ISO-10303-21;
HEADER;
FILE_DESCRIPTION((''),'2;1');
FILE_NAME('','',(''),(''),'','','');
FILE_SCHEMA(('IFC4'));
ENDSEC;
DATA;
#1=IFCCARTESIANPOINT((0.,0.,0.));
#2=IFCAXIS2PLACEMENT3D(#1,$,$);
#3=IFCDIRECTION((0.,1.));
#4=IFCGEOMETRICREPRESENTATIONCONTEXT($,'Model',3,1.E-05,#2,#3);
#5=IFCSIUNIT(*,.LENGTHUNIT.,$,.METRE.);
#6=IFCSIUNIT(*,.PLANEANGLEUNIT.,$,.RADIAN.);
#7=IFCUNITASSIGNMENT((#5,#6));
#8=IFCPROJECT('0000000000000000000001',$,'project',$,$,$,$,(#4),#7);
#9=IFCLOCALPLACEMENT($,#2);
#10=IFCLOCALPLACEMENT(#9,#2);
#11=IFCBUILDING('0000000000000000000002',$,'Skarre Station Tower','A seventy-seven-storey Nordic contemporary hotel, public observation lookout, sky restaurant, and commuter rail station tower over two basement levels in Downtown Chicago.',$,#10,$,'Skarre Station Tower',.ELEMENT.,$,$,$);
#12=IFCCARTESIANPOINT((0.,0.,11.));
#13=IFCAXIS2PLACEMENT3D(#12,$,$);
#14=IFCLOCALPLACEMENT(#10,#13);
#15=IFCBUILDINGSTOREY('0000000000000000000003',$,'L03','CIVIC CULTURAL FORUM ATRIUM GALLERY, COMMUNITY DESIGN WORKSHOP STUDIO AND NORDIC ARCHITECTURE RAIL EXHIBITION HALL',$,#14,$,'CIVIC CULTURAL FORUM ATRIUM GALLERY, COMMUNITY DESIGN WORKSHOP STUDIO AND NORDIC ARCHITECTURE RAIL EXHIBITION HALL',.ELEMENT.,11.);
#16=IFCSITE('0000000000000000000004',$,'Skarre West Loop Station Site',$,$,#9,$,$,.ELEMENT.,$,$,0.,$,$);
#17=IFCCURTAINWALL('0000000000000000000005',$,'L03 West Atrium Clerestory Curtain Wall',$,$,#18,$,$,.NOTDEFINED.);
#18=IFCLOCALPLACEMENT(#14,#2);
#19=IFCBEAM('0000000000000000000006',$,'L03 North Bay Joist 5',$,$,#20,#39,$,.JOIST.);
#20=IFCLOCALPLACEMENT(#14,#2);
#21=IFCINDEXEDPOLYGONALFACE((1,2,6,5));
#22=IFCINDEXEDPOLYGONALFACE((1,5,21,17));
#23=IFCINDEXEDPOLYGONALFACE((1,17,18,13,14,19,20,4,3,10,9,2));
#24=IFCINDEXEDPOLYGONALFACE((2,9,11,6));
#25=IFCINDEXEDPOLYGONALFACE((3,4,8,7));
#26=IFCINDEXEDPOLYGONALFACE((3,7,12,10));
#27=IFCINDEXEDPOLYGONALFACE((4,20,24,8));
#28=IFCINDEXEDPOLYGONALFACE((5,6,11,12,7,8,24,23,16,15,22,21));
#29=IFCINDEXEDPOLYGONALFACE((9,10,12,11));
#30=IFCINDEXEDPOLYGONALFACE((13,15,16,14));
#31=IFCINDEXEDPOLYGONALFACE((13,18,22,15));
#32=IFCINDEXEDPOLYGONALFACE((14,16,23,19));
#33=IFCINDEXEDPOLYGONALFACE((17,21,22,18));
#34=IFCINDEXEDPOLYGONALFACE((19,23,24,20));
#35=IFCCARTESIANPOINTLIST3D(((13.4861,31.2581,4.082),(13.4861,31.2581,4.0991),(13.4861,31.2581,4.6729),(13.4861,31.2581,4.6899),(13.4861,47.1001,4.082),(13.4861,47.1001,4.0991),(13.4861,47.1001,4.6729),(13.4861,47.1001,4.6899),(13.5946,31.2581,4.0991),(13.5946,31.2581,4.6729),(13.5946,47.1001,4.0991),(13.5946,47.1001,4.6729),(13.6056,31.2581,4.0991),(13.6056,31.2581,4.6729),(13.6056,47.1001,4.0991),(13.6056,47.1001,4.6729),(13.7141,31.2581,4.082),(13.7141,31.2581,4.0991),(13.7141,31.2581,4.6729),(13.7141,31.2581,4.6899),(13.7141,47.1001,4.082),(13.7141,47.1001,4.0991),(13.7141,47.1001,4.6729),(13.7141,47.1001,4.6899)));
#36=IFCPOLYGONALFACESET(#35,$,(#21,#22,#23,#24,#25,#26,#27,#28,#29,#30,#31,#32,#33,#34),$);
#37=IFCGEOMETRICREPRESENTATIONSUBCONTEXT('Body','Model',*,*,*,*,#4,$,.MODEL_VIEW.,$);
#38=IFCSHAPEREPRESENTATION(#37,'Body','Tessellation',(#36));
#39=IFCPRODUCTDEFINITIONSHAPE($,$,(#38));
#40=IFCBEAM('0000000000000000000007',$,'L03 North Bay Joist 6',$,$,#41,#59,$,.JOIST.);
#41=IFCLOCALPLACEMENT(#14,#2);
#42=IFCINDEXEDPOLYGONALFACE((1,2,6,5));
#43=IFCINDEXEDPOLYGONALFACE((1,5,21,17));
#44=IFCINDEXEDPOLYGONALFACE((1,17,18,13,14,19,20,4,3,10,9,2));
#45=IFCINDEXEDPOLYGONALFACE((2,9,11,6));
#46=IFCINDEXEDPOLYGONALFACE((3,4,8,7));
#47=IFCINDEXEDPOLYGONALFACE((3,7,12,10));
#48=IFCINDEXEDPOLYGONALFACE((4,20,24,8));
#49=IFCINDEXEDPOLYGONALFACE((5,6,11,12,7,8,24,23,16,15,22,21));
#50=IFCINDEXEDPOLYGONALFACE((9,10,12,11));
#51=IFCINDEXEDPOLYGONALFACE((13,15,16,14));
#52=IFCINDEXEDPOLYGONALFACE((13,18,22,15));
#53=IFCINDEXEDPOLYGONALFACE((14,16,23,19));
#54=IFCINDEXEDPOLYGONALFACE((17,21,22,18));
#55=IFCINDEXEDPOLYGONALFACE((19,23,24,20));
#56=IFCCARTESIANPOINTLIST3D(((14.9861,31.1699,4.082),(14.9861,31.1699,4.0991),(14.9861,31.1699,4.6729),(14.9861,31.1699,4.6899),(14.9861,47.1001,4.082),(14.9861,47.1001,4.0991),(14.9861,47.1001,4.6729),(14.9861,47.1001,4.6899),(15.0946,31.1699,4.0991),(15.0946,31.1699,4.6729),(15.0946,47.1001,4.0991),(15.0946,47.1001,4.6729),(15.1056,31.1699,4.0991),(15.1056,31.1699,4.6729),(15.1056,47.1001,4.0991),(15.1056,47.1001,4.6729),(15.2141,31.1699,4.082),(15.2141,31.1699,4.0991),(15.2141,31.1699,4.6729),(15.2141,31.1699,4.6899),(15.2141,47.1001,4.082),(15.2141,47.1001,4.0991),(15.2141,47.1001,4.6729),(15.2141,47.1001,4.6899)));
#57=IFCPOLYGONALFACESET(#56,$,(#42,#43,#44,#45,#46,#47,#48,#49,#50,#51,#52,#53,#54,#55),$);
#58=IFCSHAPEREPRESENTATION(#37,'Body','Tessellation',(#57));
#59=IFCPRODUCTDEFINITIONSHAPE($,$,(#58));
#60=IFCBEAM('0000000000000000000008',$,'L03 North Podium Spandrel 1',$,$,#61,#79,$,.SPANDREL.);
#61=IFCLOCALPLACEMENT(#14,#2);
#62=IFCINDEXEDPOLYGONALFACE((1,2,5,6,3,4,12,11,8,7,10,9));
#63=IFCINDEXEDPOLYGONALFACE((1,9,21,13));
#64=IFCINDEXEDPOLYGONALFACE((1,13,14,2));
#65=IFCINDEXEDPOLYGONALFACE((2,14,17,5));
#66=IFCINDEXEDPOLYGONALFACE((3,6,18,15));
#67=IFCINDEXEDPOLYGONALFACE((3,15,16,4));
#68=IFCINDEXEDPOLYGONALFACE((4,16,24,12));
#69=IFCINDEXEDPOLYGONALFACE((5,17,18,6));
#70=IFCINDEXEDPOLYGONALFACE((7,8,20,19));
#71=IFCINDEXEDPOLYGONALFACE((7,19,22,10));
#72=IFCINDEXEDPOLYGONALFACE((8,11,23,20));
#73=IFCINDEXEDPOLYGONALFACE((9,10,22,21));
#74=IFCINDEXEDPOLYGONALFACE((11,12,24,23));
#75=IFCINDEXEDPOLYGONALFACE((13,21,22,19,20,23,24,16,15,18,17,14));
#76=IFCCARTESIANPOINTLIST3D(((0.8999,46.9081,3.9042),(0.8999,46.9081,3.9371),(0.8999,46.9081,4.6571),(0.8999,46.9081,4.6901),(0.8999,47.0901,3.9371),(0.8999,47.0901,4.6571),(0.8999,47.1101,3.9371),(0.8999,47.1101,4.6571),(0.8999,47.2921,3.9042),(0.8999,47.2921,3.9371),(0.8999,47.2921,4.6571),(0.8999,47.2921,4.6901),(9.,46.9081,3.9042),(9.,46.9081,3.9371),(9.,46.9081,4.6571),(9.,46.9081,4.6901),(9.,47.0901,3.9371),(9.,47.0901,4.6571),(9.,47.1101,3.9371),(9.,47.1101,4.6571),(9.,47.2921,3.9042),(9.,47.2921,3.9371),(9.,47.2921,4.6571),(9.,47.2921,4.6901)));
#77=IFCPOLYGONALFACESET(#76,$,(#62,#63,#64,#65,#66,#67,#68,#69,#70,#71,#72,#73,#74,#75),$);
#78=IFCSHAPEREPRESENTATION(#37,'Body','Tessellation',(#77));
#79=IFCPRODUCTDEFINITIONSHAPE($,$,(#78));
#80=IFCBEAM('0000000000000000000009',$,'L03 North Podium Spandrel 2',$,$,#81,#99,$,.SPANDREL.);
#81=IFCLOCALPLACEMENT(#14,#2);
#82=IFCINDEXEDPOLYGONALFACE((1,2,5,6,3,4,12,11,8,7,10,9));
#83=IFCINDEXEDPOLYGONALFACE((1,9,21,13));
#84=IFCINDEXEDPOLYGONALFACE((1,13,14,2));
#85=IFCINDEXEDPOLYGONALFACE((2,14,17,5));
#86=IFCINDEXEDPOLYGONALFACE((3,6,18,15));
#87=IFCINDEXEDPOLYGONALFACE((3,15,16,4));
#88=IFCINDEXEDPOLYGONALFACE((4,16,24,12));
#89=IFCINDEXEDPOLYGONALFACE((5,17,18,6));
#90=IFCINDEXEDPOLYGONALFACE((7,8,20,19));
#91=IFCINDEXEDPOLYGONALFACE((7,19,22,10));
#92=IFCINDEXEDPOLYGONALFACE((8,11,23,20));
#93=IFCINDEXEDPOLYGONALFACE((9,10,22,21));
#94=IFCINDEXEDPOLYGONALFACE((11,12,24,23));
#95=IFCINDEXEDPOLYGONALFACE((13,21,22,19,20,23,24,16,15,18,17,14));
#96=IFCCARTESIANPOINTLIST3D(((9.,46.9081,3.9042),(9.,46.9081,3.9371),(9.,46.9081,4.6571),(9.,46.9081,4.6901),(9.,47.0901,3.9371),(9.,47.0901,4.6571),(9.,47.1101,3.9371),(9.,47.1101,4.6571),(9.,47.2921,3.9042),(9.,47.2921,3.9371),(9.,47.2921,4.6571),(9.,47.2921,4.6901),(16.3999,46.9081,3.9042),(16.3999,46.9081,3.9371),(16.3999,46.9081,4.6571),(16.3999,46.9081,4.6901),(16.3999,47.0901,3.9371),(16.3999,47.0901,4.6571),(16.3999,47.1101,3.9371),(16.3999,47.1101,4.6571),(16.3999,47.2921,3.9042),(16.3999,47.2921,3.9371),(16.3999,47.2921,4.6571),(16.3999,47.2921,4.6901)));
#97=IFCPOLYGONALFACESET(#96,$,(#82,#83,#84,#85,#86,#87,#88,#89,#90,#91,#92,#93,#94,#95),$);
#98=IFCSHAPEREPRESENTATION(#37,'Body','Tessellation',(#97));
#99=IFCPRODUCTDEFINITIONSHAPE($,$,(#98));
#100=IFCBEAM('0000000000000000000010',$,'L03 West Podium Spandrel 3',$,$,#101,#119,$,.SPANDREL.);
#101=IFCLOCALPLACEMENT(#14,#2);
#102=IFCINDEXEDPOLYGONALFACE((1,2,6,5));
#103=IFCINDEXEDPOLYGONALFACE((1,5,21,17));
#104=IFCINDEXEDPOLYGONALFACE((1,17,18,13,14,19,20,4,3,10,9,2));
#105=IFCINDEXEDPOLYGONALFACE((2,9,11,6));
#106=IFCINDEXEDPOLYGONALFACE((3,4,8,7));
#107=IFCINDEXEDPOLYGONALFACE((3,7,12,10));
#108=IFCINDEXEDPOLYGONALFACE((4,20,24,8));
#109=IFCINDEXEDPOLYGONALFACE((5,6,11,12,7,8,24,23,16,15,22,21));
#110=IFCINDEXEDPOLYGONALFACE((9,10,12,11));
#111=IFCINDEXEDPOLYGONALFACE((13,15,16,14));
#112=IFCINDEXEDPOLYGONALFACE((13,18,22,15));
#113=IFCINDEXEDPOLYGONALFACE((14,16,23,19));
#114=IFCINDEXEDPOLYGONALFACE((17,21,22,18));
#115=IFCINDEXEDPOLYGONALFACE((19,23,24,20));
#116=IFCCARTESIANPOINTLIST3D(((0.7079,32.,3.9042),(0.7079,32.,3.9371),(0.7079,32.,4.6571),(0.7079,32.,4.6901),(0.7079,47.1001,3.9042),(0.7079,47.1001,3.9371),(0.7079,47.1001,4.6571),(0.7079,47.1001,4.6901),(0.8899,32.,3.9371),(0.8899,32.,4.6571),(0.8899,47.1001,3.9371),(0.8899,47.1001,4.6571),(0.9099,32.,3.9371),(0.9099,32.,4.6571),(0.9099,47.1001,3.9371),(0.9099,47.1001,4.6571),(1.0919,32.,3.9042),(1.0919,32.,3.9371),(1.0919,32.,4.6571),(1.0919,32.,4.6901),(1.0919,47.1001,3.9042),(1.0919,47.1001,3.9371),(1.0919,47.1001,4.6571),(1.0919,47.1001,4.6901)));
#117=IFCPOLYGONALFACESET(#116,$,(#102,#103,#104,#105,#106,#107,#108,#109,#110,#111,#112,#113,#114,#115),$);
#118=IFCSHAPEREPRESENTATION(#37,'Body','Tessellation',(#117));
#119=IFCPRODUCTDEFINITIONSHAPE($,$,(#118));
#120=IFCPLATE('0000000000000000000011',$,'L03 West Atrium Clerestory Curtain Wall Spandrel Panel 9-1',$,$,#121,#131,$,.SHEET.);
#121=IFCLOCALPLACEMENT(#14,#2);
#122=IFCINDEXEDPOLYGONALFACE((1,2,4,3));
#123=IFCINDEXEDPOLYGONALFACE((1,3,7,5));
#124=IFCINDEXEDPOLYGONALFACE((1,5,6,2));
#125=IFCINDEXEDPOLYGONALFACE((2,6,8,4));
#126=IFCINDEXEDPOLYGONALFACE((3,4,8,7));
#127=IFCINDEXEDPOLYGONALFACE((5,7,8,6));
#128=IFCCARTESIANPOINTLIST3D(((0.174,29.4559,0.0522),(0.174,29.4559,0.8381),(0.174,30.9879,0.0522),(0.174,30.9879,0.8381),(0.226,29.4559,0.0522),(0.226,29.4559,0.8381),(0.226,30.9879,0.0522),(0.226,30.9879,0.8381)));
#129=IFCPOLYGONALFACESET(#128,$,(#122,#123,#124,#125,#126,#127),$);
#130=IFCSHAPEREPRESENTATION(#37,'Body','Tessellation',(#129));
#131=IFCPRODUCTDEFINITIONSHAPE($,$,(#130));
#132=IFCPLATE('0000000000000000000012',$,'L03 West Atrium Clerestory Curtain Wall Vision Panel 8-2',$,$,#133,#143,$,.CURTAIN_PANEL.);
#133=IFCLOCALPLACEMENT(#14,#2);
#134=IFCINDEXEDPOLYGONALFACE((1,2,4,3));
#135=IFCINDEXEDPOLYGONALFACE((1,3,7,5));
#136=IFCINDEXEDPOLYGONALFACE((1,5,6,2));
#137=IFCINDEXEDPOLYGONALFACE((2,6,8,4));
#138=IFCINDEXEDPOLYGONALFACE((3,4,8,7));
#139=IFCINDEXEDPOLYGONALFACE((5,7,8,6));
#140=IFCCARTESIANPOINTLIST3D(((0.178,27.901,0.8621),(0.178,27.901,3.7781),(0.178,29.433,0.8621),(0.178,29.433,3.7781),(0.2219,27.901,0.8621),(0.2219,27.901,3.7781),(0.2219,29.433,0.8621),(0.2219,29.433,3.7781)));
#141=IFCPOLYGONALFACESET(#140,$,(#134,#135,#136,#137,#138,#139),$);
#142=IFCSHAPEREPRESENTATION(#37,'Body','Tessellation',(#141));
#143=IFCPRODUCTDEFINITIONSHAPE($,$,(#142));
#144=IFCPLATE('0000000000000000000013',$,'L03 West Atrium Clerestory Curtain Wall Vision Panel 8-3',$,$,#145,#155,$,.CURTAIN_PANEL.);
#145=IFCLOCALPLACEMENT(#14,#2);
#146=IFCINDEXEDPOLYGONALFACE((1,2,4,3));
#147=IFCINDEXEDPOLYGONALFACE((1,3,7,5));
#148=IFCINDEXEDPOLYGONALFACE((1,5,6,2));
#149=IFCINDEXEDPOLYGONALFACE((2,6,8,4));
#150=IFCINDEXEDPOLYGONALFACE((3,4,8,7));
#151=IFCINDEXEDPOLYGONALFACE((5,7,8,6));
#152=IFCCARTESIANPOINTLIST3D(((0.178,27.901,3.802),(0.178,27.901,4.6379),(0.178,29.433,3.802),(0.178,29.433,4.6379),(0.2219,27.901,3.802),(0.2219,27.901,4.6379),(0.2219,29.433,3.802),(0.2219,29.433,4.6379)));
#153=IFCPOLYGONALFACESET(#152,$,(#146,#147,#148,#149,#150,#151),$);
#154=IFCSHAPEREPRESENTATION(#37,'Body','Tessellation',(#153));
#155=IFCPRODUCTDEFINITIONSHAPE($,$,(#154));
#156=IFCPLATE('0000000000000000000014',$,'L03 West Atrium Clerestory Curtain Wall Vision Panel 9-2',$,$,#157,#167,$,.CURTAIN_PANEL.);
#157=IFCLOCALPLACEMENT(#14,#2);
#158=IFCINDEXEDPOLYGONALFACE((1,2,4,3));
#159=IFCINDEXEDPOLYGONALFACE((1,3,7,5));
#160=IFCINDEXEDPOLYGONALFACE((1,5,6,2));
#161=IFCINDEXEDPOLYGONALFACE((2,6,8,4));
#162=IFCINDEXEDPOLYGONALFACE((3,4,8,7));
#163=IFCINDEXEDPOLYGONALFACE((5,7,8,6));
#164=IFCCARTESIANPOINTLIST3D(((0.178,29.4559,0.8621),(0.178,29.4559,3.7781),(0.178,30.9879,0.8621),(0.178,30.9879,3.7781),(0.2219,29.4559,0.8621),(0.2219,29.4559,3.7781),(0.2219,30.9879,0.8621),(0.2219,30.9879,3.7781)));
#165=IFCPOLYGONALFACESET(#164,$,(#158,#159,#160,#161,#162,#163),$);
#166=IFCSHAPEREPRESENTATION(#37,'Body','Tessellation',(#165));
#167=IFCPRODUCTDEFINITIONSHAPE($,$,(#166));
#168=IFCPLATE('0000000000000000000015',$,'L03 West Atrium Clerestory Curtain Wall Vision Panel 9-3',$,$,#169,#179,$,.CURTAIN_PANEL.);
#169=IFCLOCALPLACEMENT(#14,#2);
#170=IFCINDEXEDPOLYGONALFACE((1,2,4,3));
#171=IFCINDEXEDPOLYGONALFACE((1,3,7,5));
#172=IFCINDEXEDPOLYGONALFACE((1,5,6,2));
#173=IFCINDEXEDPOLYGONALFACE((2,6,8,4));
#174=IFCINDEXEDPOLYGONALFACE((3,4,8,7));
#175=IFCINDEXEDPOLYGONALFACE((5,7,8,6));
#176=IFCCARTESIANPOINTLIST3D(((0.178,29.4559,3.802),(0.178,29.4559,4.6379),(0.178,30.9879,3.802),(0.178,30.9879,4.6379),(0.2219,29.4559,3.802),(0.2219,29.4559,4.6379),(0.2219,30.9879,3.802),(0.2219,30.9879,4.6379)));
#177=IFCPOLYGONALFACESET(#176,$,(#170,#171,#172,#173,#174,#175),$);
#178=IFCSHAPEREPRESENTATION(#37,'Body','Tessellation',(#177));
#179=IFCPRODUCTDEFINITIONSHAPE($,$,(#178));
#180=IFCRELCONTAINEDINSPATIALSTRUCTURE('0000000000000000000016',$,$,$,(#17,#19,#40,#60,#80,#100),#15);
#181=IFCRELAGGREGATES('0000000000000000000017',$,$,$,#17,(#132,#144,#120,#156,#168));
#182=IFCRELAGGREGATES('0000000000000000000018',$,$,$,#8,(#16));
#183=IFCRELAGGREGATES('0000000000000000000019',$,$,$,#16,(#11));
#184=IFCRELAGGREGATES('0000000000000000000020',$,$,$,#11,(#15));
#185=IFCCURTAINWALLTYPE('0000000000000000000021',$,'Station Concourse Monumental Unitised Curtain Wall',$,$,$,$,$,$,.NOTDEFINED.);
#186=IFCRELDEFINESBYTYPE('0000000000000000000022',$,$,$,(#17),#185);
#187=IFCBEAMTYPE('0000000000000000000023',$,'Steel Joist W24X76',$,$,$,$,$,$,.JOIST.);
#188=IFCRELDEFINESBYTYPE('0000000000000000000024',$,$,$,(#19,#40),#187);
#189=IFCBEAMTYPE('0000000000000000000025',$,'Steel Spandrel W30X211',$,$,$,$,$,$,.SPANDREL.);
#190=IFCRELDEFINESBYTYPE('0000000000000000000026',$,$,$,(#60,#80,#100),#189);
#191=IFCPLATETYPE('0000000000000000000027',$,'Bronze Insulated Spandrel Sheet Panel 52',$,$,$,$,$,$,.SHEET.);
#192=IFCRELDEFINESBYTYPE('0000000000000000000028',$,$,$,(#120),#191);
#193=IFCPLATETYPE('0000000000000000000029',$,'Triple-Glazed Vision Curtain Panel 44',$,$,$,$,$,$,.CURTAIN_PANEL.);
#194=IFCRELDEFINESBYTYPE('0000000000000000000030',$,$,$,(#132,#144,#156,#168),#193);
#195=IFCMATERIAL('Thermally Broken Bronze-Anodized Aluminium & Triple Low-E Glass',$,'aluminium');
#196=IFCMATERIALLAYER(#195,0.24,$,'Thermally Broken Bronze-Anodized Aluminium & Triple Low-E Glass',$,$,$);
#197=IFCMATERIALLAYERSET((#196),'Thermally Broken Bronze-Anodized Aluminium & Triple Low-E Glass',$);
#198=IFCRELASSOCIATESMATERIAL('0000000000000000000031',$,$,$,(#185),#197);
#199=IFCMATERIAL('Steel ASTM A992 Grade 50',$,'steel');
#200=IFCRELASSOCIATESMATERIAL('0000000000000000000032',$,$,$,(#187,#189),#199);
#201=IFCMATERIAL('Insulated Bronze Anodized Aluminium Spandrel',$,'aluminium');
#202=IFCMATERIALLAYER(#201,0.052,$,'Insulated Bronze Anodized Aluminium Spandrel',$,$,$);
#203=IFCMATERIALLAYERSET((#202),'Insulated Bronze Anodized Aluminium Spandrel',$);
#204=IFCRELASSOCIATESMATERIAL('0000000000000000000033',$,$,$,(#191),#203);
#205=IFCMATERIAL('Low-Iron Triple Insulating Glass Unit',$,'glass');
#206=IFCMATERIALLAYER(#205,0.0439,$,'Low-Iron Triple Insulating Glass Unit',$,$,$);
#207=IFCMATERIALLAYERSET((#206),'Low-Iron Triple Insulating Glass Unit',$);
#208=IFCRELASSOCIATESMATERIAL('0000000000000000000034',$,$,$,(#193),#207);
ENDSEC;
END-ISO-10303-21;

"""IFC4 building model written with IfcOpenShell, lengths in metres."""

from ifc_helpers import new_model, si_unit, direction, frame, origin, origin_2d, place, context, subcontext, project, spatial, rectangle, i_section, extrude, material, layer, layer_set, material_profile, profile_set, type_object, element, aggregate, save


model = new_model("IFC4")

# Units and contexts
model_context = context("Model", 3, precision=1e-05, world=origin(), true_north=direction((0.0, 1.0)))
body_context = subcontext(model_context, "Body", "Model", "MODEL_VIEW")
ifc_project = project(units=[si_unit("LENGTHUNIT", "METRE"), si_unit("PLANEANGLEUNIT", "RADIAN")], contexts=[model_context])

# Site, building, storey
site_placement = place(None, origin())
site = spatial("IfcSite", under=ifc_project, at=site_placement, Name="Skarre West Loop Station Site", CompositionType="ELEMENT", RefElevation=0.0)
building_placement = place(site_placement, origin())
building = spatial("IfcBuilding", under=site, at=building_placement, Name="Skarre Station Tower", Description="A seventy-seven-storey Nordic contemporary hotel, public observation lookout, sky restaurant, and commuter rail station tower over two basement levels in Downtown Chicago.", LongName="Skarre Station Tower", CompositionType="ELEMENT")
storey_placement = place(building_placement, frame((0.0, 0.0, 11.0)))
storey = spatial("IfcBuildingStorey", under=building, at=storey_placement, Name="L03", Description="CIVIC CULTURAL FORUM ATRIUM GALLERY, COMMUNITY DESIGN WORKSHOP STUDIO AND NORDIC ARCHITECTURE RAIL EXHIBITION HALL", LongName="CIVIC CULTURAL FORUM ATRIUM GALLERY, COMMUNITY DESIGN WORKSHOP STUDIO AND NORDIC ARCHITECTURE RAIL EXHIBITION HALL", CompositionType="ELEMENT", Elevation=11.0)

# Curtain wall
ifc_material_1 = material(Name="Thermally Broken Bronze-Anodized Aluminium & Triple Low-E Glass", Category="aluminium")
ifc_layer_1 = layer(ifc_material_1, 0.24, Name="Thermally Broken Bronze-Anodized Aluminium & Triple Low-E Glass")
ifc_layer_set_1 = layer_set([ifc_layer_1], Name="Thermally Broken Bronze-Anodized Aluminium & Triple Low-E Glass")
curtain_wall_type = type_object("IfcCurtainWallType", Name="Station Concourse Monumental Unitised Curtain Wall", PredefinedType="NOTDEFINED", material=ifc_layer_set_1)
curtain_wall_placement = place(storey_placement, origin())
curtain_wall = element("IfcCurtainWall", 1, at=curtain_wall_placement, inside=storey, type_object=curtain_wall_type, Name="L03 West Atrium Clerestory Curtain Wall", PredefinedType="NOTDEFINED")

# Beams
ifc_material_2 = material(Name="Steel ASTM A992 Grade 50", Category="steel")
ifc_material_profile_1 = material_profile(ifc_material_2, i_section(OverallWidth=0.228, OverallDepth=0.6079, WebThickness=0.011, FlangeThickness=0.0171, at=origin_2d()), Name="Steel ASTM A992 Grade 50")
ifc_profile_set_1 = profile_set([ifc_material_profile_1], Name="Steel ASTM A992 Grade 50")
beam_type_1 = type_object("IfcBeamType", Name="Steel Joist W24X76", PredefinedType="JOIST", material=ifc_profile_set_1)
beam_1_placement = place(storey_placement, frame((13.6001, 31.2581, 4.386), z_axis=(0.0, 1.0, 0.0), x_axis=(-1.0, 0.0, 0.0)))
element("IfcBeam", 2, at=beam_1_placement, inside=storey, type_object=beam_type_1, Name="L03 North Bay Joist 5", PredefinedType="JOIST", context=body_context, shape_type="SweptSolid", body=[
    extrude(i_section(OverallWidth=0.228, OverallDepth=0.6079, WebThickness=0.011, FlangeThickness=0.0171, at=origin_2d()), origin(), (0.0, 0.0, 1.0), 15.842),
])
beam_2_placement = place(storey_placement, frame((15.1001, 31.1699, 4.386), z_axis=(0.0, 1.0, 0.0), x_axis=(-1.0, 0.0, 0.0)))
element("IfcBeam", 3, at=beam_2_placement, inside=storey, type_object=beam_type_1, Name="L03 North Bay Joist 6", PredefinedType="JOIST", context=body_context, shape_type="SweptSolid", body=[
    extrude(i_section(OverallWidth=0.228, OverallDepth=0.6079, WebThickness=0.011, FlangeThickness=0.0171, at=origin_2d()), origin(), (0.0, 0.0, 1.0), 15.9302),
])
ifc_material_profile_2 = material_profile(ifc_material_2, i_section(OverallWidth=0.384, OverallDepth=0.7859, WebThickness=0.02, FlangeThickness=0.033, at=origin_2d()), Name="Steel ASTM A992 Grade 50")
ifc_profile_set_2 = profile_set([ifc_material_profile_2], Name="Steel ASTM A992 Grade 50")
beam_type_2 = type_object("IfcBeamType", Name="Steel Spandrel W30X211", PredefinedType="SPANDREL", material=ifc_profile_set_2)
beam_3_placement = place(storey_placement, frame((0.8999, 47.1001, 4.2971), z_axis=(1.0, 0.0, 0.0), x_axis=(0.0, 1.0, 0.0)))
element("IfcBeam", 4, at=beam_3_placement, inside=storey, type_object=beam_type_2, Name="L03 North Podium Spandrel 1", PredefinedType="SPANDREL", context=body_context, shape_type="SweptSolid", body=[
    extrude(i_section(OverallWidth=0.384, OverallDepth=0.7859, WebThickness=0.02, FlangeThickness=0.033, at=origin_2d()), origin(), (0.0, 0.0, 1.0), 8.1001),
])
beam_4_placement = place(storey_placement, frame((9.0, 47.1001, 4.2971), z_axis=(1.0, 0.0, 0.0), x_axis=(0.0, 1.0, 0.0)))
element("IfcBeam", 5, at=beam_4_placement, inside=storey, type_object=beam_type_2, Name="L03 North Podium Spandrel 2", PredefinedType="SPANDREL", context=body_context, shape_type="SweptSolid", body=[
    extrude(i_section(OverallWidth=0.384, OverallDepth=0.7859, WebThickness=0.02, FlangeThickness=0.033, at=origin_2d()), origin(), (0.0, 0.0, 1.0), 7.3999),
])
beam_5_placement = place(storey_placement, frame((0.8999, 32.0, 4.2971), z_axis=(0.0, 1.0, 0.0), x_axis=(-1.0, 0.0, 0.0)))
element("IfcBeam", 6, at=beam_5_placement, inside=storey, type_object=beam_type_2, Name="L03 West Podium Spandrel 3", PredefinedType="SPANDREL", context=body_context, shape_type="SweptSolid", body=[
    extrude(i_section(OverallWidth=0.384, OverallDepth=0.7859, WebThickness=0.02, FlangeThickness=0.033, at=origin_2d()), origin(), (0.0, 0.0, 1.0), 15.1001),
])

# Plates
ifc_material_3 = material(Name="Insulated Bronze Anodized Aluminium Spandrel", Category="aluminium")
ifc_layer_2 = layer(ifc_material_3, 0.052, Name="Insulated Bronze Anodized Aluminium Spandrel")
ifc_layer_set_2 = layer_set([ifc_layer_2], Name="Insulated Bronze Anodized Aluminium Spandrel")
plate_type_1 = type_object("IfcPlateType", Name="Bronze Insulated Spandrel Sheet Panel 52", PredefinedType="SHEET", material=ifc_layer_set_2)
plate_1_placement = place(storey_placement, frame((0.2, 30.2219, 0.0522), z_axis=(0.0, 0.0, 1.0), x_axis=(0.0, 1.0, 0.0)))
plate_1 = element("IfcPlate", 7, at=plate_1_placement, type_object=plate_type_1, Name="L03 West Atrium Clerestory Curtain Wall Spandrel Panel 9-1", PredefinedType="SHEET", context=body_context, shape_type="SweptSolid", body=[
    extrude(rectangle(XDim=1.532, YDim=0.052, at=origin_2d()), origin(), (0.0, 0.0, 1.0), 0.7859),
])
ifc_material_4 = material(Name="Low-Iron Triple Insulating Glass Unit", Category="glass")
ifc_layer_3 = layer(ifc_material_4, 0.0439, Name="Low-Iron Triple Insulating Glass Unit")
ifc_layer_set_3 = layer_set([ifc_layer_3], Name="Low-Iron Triple Insulating Glass Unit")
plate_type_2 = type_object("IfcPlateType", Name="Triple-Glazed Vision Curtain Panel 44", PredefinedType="CURTAIN_PANEL", material=ifc_layer_set_3)
plate_2_placement = place(storey_placement, frame((0.2, 28.667, 0.8621), z_axis=(0.0, 0.0, 1.0), x_axis=(0.0, 1.0, 0.0)))
plate_2 = element("IfcPlate", 8, at=plate_2_placement, type_object=plate_type_2, Name="L03 West Atrium Clerestory Curtain Wall Vision Panel 8-2", PredefinedType="CURTAIN_PANEL", context=body_context, shape_type="SweptSolid", body=[
    extrude(rectangle(XDim=1.532, YDim=0.0439, at=origin_2d()), origin(), (0.0, 0.0, 1.0), 2.916),
])
plate_3_placement = place(storey_placement, frame((0.2, 28.667, 3.802), z_axis=(0.0, 0.0, 1.0), x_axis=(0.0, 1.0, 0.0)))
plate_3 = element("IfcPlate", 9, at=plate_3_placement, type_object=plate_type_2, Name="L03 West Atrium Clerestory Curtain Wall Vision Panel 8-3", PredefinedType="CURTAIN_PANEL", context=body_context, shape_type="SweptSolid", body=[
    extrude(rectangle(XDim=1.532, YDim=0.0439, at=origin_2d()), origin(), (0.0, 0.0, 1.0), 0.8359),
])
plate_4_placement = place(storey_placement, frame((0.2, 30.2219, 0.8621), z_axis=(0.0, 0.0, 1.0), x_axis=(0.0, 1.0, 0.0)))
plate_4 = element("IfcPlate", 10, at=plate_4_placement, type_object=plate_type_2, Name="L03 West Atrium Clerestory Curtain Wall Vision Panel 9-2", PredefinedType="CURTAIN_PANEL", context=body_context, shape_type="SweptSolid", body=[
    extrude(rectangle(XDim=1.532, YDim=0.0439, at=origin_2d()), origin(), (0.0, 0.0, 1.0), 2.916),
])
plate_5_placement = place(storey_placement, frame((0.2, 30.2219, 3.802), z_axis=(0.0, 0.0, 1.0), x_axis=(0.0, 1.0, 0.0)))
plate_5 = element("IfcPlate", 11, at=plate_5_placement, type_object=plate_type_2, Name="L03 West Atrium Clerestory Curtain Wall Vision Panel 9-3", PredefinedType="CURTAIN_PANEL", context=body_context, shape_type="SweptSolid", body=[
    extrude(rectangle(XDim=1.532, YDim=0.0439, at=origin_2d()), origin(), (0.0, 0.0, 1.0), 0.8359),
])
aggregate(curtain_wall, [plate_2, plate_3, plate_1, plate_4, plate_5])

save(model, "model.ifc")
